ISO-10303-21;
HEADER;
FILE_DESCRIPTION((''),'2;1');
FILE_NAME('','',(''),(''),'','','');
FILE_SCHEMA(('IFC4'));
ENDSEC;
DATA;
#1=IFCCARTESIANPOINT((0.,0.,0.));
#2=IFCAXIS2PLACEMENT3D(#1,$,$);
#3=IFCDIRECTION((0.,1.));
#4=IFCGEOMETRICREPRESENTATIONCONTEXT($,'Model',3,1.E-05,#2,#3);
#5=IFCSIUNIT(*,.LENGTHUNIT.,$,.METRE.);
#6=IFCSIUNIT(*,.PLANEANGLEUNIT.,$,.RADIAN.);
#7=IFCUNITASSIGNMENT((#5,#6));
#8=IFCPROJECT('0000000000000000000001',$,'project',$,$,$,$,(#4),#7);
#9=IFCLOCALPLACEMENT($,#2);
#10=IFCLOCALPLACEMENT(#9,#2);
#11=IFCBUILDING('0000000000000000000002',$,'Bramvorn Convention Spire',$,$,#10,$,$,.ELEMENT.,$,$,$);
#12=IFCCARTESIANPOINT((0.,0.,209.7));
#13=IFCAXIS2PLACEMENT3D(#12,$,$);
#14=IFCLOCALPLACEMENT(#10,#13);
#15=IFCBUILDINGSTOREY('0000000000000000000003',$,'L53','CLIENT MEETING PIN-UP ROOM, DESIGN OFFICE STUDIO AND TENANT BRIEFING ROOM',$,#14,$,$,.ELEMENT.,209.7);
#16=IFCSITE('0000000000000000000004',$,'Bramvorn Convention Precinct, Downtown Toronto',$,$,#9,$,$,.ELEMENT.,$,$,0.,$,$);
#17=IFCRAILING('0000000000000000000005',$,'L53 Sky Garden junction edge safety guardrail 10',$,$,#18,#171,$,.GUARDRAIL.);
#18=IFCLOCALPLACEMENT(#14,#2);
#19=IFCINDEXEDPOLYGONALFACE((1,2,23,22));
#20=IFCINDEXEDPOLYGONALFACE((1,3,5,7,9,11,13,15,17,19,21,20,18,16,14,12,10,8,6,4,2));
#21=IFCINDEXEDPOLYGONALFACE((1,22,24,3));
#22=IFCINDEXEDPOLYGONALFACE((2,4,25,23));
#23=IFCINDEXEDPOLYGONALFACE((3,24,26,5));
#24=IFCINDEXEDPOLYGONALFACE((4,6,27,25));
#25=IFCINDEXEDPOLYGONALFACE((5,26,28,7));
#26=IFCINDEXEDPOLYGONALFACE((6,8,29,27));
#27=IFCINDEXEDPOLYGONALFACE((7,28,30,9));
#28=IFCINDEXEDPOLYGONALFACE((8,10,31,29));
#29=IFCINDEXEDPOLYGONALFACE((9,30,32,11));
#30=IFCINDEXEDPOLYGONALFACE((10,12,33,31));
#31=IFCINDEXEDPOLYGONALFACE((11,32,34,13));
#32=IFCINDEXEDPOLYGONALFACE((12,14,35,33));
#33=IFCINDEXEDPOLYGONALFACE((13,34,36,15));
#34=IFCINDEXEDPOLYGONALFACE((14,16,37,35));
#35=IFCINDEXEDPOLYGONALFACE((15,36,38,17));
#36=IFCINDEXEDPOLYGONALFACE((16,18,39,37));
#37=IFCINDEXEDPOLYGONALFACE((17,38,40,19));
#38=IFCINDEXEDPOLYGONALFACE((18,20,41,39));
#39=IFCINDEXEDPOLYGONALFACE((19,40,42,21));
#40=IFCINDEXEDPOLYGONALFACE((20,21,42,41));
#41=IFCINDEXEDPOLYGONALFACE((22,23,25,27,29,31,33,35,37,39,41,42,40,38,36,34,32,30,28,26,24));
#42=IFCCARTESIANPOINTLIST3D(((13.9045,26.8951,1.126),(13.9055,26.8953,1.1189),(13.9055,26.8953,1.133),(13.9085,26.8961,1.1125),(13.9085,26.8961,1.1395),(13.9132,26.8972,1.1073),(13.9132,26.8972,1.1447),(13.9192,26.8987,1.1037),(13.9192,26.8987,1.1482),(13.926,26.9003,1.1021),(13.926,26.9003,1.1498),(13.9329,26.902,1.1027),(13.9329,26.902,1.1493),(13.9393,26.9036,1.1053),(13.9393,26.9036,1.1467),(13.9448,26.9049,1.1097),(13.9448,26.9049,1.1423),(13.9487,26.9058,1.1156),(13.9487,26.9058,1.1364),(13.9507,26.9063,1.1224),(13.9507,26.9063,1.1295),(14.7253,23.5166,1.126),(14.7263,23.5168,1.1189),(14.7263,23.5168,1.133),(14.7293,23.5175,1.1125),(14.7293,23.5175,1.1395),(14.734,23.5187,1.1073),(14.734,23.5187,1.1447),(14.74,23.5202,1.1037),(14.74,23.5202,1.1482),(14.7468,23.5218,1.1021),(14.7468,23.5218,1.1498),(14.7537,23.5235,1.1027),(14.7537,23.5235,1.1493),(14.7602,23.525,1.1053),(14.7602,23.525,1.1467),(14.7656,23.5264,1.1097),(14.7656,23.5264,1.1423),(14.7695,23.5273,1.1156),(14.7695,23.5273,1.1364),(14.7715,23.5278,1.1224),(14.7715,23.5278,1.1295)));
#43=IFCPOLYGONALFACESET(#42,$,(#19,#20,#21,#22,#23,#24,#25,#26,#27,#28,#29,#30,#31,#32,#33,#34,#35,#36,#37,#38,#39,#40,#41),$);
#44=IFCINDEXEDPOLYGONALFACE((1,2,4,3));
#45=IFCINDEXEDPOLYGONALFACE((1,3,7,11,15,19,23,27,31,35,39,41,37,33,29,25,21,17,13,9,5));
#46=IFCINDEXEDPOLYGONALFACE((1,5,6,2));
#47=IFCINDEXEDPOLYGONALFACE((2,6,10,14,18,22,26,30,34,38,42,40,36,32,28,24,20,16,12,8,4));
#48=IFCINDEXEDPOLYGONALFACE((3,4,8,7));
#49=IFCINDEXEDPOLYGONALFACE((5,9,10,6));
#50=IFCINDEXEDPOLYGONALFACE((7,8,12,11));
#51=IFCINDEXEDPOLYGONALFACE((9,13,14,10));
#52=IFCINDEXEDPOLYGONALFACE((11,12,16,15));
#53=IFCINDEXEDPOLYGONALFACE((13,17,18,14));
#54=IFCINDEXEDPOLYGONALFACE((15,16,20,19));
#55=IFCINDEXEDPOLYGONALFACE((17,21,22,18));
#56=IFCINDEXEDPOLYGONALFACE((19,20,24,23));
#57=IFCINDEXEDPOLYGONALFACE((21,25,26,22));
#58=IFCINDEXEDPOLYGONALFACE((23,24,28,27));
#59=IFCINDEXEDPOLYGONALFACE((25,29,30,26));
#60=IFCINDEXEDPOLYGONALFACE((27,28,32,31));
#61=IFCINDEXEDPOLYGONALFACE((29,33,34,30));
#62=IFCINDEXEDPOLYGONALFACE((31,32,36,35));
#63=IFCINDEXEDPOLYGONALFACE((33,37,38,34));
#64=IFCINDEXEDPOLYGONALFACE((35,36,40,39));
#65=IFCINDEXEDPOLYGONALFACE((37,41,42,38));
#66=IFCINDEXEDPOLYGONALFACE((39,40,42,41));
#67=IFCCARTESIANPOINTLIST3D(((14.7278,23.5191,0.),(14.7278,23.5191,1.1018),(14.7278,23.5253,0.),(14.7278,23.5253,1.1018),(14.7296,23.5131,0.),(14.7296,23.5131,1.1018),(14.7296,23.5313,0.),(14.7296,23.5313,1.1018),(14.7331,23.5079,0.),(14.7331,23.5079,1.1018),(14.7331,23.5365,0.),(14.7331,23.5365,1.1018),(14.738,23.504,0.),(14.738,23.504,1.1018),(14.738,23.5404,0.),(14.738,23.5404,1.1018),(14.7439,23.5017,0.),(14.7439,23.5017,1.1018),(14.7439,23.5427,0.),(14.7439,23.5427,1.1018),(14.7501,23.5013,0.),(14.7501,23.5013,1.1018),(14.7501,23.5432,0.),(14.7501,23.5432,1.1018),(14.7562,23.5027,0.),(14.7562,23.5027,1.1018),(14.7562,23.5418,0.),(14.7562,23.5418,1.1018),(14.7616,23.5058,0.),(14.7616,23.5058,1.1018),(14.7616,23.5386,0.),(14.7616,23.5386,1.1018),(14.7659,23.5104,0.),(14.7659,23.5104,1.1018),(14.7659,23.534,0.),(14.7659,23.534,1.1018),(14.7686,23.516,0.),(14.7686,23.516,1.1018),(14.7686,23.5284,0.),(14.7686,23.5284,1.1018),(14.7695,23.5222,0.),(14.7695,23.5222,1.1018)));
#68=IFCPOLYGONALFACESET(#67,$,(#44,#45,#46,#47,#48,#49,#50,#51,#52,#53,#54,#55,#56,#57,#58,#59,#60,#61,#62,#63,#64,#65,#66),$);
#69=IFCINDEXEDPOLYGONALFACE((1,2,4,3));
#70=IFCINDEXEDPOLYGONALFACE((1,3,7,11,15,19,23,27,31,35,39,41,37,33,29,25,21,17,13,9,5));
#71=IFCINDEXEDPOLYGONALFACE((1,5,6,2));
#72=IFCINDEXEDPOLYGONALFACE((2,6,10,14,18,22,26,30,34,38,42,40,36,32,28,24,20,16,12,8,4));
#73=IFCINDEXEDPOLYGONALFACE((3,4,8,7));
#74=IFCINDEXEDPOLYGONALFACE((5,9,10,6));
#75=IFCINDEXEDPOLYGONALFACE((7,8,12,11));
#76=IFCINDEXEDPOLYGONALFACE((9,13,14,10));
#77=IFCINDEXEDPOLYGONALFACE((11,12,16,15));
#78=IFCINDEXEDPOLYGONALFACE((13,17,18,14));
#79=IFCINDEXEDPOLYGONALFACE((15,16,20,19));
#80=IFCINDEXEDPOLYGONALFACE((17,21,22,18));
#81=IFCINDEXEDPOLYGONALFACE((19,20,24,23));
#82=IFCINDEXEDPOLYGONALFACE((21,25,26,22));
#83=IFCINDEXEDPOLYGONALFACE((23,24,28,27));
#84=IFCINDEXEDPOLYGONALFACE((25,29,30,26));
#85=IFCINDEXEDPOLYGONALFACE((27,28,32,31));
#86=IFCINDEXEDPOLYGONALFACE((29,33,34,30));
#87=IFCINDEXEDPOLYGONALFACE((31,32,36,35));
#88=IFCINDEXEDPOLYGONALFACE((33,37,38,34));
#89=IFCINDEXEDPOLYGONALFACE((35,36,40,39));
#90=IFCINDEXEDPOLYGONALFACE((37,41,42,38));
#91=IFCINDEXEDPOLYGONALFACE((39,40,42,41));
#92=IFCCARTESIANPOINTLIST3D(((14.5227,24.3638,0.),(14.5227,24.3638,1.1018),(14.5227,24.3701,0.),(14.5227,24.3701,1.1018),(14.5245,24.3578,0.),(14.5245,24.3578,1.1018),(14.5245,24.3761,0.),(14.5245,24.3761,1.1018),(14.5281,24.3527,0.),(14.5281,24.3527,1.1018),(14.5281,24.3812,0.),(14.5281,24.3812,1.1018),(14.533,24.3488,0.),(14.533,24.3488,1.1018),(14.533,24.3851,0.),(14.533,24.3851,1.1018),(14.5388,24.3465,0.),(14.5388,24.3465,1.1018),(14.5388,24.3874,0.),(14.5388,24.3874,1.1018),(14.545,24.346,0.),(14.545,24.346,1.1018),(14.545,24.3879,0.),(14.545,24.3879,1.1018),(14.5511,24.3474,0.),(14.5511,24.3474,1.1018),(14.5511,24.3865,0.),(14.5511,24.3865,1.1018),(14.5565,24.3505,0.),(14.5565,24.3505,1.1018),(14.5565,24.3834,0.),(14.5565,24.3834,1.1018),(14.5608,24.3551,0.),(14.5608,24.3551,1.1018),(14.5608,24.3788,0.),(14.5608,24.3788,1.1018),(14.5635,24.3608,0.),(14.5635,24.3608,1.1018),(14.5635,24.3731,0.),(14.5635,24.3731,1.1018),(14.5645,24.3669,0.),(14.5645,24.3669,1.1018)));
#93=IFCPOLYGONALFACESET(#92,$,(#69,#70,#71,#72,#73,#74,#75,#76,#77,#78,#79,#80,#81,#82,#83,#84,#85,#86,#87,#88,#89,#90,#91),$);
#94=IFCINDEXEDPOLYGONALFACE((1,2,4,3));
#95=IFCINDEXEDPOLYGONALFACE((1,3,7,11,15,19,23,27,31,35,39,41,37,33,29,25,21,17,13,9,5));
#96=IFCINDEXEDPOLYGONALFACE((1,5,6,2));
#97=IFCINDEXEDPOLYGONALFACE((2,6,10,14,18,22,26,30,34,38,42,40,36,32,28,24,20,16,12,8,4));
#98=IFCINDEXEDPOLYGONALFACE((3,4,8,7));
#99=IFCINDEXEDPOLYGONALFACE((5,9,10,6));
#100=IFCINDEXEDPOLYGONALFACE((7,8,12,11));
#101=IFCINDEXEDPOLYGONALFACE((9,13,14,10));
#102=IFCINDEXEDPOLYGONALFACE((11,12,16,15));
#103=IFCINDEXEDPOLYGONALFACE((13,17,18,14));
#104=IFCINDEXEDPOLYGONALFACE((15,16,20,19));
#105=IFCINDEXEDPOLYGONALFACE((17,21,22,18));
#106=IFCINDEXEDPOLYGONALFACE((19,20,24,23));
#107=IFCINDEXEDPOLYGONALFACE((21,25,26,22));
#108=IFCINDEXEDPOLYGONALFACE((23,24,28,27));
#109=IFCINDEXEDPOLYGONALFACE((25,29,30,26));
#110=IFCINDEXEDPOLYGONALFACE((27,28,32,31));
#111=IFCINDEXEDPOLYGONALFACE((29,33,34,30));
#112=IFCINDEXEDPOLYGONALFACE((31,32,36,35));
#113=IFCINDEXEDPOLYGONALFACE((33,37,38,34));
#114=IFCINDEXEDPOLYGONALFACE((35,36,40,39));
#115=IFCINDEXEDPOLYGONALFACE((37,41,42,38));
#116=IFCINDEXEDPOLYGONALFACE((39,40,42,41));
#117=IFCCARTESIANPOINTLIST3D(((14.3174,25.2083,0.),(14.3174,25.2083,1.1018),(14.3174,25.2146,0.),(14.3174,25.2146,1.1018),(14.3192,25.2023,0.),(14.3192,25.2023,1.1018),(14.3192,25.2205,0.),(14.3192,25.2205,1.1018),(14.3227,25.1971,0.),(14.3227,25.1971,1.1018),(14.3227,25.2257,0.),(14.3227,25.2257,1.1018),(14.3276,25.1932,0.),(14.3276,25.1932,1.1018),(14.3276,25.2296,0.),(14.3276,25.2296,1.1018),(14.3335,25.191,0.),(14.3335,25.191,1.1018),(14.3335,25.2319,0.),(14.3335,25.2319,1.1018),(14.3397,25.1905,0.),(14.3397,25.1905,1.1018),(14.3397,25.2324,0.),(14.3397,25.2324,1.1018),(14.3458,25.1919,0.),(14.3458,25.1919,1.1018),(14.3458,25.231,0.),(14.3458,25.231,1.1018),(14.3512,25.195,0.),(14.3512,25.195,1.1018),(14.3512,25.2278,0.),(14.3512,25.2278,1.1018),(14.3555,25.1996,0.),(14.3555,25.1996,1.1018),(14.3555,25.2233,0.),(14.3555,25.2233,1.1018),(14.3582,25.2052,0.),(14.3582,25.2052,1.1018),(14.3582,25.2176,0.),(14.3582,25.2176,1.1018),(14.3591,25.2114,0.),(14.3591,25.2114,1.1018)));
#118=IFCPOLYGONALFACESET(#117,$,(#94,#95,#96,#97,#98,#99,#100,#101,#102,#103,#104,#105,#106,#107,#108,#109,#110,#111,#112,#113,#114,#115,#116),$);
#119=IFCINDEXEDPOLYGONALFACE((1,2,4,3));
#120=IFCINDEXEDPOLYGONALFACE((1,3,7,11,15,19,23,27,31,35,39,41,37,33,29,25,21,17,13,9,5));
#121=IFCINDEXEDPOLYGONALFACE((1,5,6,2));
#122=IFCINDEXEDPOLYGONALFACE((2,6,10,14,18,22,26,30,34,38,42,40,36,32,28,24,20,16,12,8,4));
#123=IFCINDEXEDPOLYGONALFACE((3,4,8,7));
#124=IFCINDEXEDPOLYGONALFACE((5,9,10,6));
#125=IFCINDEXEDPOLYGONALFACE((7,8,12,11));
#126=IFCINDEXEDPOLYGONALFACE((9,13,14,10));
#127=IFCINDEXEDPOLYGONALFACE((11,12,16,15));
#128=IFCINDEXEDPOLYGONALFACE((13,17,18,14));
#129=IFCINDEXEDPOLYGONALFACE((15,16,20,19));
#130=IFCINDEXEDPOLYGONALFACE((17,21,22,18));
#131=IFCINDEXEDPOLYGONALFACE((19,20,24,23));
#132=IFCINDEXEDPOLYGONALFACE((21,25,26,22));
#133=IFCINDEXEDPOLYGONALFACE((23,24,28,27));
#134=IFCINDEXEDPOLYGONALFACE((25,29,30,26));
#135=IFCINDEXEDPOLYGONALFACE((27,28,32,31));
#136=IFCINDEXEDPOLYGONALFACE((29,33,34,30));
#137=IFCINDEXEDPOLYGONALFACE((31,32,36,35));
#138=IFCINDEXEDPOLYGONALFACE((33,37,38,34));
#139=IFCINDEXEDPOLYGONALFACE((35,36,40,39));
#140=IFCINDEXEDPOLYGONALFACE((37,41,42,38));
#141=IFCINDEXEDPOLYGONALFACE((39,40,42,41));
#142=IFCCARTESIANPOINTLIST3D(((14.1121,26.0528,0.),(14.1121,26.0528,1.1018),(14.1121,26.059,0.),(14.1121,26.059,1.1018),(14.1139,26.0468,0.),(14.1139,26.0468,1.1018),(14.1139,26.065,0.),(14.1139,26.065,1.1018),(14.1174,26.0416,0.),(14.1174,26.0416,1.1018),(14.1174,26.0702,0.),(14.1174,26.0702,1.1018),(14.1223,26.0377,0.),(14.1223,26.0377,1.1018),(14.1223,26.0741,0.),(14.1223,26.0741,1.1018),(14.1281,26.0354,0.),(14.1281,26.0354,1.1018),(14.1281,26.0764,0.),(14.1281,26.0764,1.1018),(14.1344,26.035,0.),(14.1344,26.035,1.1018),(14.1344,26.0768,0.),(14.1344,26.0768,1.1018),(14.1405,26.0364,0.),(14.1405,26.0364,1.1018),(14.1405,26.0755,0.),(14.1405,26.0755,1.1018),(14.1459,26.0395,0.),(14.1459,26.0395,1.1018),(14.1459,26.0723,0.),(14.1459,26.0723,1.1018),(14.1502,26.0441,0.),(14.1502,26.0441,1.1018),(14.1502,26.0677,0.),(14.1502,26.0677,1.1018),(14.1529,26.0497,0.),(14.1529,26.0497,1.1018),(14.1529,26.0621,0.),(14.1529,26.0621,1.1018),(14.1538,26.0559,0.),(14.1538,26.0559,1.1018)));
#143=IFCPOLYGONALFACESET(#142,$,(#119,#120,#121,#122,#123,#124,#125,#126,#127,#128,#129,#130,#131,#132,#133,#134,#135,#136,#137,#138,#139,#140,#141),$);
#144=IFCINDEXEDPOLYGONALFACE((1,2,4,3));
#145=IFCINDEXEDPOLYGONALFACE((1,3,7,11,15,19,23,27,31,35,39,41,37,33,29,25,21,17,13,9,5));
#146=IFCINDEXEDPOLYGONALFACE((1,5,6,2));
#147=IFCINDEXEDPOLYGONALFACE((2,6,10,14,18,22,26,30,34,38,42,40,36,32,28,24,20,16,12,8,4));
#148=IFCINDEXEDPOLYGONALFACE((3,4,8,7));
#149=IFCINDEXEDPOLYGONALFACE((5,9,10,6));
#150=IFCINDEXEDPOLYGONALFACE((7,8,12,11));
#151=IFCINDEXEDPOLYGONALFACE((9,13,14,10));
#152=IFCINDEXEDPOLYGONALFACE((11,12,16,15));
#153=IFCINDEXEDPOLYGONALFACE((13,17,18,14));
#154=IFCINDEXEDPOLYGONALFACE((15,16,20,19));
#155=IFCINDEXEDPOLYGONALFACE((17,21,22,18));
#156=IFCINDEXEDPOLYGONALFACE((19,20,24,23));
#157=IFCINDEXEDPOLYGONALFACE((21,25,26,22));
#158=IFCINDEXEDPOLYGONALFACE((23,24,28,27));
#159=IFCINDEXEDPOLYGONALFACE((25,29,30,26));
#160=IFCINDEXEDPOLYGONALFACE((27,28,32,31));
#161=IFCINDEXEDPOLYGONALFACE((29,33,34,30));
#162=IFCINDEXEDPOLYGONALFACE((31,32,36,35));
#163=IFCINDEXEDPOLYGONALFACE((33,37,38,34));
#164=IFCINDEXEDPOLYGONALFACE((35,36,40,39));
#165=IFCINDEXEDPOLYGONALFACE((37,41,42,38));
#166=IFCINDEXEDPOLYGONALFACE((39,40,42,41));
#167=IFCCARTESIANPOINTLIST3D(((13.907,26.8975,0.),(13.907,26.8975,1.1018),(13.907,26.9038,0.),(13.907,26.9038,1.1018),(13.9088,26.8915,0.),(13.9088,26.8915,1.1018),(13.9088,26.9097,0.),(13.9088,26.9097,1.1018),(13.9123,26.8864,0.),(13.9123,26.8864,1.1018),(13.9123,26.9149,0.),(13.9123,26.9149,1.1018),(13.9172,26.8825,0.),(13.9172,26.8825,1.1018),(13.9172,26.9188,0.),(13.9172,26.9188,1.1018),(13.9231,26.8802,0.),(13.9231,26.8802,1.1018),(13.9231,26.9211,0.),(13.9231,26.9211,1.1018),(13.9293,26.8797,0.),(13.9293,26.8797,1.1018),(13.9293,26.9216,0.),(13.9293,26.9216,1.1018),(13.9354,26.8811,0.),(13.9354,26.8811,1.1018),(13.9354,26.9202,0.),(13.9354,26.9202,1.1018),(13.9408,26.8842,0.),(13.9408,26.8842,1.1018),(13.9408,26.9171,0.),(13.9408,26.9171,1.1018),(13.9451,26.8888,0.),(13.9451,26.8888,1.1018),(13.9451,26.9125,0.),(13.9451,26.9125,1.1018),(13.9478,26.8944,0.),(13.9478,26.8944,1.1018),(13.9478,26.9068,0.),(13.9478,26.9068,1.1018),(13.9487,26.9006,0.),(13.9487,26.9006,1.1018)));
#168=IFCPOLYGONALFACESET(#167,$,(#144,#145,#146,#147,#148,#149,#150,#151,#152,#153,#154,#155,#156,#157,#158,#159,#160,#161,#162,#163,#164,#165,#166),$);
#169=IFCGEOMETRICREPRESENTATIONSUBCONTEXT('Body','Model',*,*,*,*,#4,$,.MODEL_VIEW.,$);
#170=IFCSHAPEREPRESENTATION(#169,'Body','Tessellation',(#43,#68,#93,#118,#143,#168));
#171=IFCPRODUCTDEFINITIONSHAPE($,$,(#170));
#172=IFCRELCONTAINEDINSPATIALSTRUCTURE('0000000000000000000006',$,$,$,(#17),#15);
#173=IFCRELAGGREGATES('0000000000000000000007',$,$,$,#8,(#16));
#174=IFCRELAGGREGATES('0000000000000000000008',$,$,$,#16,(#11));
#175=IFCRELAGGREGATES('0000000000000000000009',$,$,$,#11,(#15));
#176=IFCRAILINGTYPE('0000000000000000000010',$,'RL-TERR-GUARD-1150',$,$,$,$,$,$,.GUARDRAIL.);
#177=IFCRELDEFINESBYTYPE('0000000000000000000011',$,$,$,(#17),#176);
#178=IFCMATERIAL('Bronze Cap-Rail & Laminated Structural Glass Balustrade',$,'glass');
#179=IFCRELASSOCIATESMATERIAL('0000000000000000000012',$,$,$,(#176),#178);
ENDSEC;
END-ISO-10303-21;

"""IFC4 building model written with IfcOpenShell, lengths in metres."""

from ifc_helpers import new_model, si_unit, direction, frame, origin, origin_2d, place, context, subcontext, project, spatial, circle, extrude, material, type_object, element, save


model = new_model("IFC4")

# Units and contexts
model_context = context("Model", 3, precision=1e-05, world=origin(), true_north=direction((0.0, 1.0)))
body_context = subcontext(model_context, "Body", "Model", "MODEL_VIEW")
ifc_project = project(units=[si_unit("LENGTHUNIT", "METRE"), si_unit("PLANEANGLEUNIT", "RADIAN")], contexts=[model_context])

# Site, building, storey
site_placement = place(None, origin())
site = spatial("IfcSite", under=ifc_project, at=site_placement, Name="Bramvorn Convention Precinct, Downtown Toronto", CompositionType="ELEMENT", RefElevation=0.0)
building_placement = place(site_placement, origin())
building = spatial("IfcBuilding", under=site, at=building_placement, Name="Bramvorn Convention Spire", CompositionType="ELEMENT")
storey_placement = place(building_placement, frame((0.0, 0.0, 209.7)))
storey = spatial("IfcBuildingStorey", under=building, at=storey_placement, Name="L53", Description="CLIENT MEETING PIN-UP ROOM, DESIGN OFFICE STUDIO AND TENANT BRIEFING ROOM", CompositionType="ELEMENT", Elevation=209.7)

# Railing
ifc_material_1 = material(Name="Bronze Cap-Rail & Laminated Structural Glass Balustrade", Category="glass")
railing_type = type_object("IfcRailingType", Name="RL-TERR-GUARD-1150", PredefinedType="GUARDRAIL", material=ifc_material_1)
railing_1_placement = place(storey_placement, frame((14.7485, 23.5222, 0.0)))
element("IfcRailing", 1, at=railing_1_placement, inside=storey, type_object=railing_type, Name="L53 Sky Garden junction edge safety guardrail 10", PredefinedType="GUARDRAIL", context=body_context, shape_type="SweptSolid", body=[
    extrude(circle(Radius=0.0239, at=origin_2d()), frame((0.0, 0.0, 1.126), z_axis=(-0.236086, 0.971732, 0.0), x_axis=(-0.971732, -0.236086, 0.0)), (0.0, 0.0, 1.0), 3.4768),
    extrude(circle(Radius=0.021, at=origin_2d()), origin(), (0.0, 0.0, 1.0), 1.1018),
    extrude(circle(Radius=0.021, at=origin_2d()), frame((-0.2051, 0.8447, 0.0)), (0.0, 0.0, 1.0), 1.1018),
    extrude(circle(Radius=0.021, at=origin_2d()), frame((-0.4104, 1.6892, 0.0)), (0.0, 0.0, 1.0), 1.1018),
    extrude(circle(Radius=0.021, at=origin_2d()), frame((-0.6157, 2.5337, 0.0)), (0.0, 0.0, 1.0), 1.1018),
    extrude(circle(Radius=0.021, at=origin_2d()), frame((-0.8208, 3.3784, 0.0)), (0.0, 0.0, 1.0), 1.1018),
])

save(model, "model.ifc")
